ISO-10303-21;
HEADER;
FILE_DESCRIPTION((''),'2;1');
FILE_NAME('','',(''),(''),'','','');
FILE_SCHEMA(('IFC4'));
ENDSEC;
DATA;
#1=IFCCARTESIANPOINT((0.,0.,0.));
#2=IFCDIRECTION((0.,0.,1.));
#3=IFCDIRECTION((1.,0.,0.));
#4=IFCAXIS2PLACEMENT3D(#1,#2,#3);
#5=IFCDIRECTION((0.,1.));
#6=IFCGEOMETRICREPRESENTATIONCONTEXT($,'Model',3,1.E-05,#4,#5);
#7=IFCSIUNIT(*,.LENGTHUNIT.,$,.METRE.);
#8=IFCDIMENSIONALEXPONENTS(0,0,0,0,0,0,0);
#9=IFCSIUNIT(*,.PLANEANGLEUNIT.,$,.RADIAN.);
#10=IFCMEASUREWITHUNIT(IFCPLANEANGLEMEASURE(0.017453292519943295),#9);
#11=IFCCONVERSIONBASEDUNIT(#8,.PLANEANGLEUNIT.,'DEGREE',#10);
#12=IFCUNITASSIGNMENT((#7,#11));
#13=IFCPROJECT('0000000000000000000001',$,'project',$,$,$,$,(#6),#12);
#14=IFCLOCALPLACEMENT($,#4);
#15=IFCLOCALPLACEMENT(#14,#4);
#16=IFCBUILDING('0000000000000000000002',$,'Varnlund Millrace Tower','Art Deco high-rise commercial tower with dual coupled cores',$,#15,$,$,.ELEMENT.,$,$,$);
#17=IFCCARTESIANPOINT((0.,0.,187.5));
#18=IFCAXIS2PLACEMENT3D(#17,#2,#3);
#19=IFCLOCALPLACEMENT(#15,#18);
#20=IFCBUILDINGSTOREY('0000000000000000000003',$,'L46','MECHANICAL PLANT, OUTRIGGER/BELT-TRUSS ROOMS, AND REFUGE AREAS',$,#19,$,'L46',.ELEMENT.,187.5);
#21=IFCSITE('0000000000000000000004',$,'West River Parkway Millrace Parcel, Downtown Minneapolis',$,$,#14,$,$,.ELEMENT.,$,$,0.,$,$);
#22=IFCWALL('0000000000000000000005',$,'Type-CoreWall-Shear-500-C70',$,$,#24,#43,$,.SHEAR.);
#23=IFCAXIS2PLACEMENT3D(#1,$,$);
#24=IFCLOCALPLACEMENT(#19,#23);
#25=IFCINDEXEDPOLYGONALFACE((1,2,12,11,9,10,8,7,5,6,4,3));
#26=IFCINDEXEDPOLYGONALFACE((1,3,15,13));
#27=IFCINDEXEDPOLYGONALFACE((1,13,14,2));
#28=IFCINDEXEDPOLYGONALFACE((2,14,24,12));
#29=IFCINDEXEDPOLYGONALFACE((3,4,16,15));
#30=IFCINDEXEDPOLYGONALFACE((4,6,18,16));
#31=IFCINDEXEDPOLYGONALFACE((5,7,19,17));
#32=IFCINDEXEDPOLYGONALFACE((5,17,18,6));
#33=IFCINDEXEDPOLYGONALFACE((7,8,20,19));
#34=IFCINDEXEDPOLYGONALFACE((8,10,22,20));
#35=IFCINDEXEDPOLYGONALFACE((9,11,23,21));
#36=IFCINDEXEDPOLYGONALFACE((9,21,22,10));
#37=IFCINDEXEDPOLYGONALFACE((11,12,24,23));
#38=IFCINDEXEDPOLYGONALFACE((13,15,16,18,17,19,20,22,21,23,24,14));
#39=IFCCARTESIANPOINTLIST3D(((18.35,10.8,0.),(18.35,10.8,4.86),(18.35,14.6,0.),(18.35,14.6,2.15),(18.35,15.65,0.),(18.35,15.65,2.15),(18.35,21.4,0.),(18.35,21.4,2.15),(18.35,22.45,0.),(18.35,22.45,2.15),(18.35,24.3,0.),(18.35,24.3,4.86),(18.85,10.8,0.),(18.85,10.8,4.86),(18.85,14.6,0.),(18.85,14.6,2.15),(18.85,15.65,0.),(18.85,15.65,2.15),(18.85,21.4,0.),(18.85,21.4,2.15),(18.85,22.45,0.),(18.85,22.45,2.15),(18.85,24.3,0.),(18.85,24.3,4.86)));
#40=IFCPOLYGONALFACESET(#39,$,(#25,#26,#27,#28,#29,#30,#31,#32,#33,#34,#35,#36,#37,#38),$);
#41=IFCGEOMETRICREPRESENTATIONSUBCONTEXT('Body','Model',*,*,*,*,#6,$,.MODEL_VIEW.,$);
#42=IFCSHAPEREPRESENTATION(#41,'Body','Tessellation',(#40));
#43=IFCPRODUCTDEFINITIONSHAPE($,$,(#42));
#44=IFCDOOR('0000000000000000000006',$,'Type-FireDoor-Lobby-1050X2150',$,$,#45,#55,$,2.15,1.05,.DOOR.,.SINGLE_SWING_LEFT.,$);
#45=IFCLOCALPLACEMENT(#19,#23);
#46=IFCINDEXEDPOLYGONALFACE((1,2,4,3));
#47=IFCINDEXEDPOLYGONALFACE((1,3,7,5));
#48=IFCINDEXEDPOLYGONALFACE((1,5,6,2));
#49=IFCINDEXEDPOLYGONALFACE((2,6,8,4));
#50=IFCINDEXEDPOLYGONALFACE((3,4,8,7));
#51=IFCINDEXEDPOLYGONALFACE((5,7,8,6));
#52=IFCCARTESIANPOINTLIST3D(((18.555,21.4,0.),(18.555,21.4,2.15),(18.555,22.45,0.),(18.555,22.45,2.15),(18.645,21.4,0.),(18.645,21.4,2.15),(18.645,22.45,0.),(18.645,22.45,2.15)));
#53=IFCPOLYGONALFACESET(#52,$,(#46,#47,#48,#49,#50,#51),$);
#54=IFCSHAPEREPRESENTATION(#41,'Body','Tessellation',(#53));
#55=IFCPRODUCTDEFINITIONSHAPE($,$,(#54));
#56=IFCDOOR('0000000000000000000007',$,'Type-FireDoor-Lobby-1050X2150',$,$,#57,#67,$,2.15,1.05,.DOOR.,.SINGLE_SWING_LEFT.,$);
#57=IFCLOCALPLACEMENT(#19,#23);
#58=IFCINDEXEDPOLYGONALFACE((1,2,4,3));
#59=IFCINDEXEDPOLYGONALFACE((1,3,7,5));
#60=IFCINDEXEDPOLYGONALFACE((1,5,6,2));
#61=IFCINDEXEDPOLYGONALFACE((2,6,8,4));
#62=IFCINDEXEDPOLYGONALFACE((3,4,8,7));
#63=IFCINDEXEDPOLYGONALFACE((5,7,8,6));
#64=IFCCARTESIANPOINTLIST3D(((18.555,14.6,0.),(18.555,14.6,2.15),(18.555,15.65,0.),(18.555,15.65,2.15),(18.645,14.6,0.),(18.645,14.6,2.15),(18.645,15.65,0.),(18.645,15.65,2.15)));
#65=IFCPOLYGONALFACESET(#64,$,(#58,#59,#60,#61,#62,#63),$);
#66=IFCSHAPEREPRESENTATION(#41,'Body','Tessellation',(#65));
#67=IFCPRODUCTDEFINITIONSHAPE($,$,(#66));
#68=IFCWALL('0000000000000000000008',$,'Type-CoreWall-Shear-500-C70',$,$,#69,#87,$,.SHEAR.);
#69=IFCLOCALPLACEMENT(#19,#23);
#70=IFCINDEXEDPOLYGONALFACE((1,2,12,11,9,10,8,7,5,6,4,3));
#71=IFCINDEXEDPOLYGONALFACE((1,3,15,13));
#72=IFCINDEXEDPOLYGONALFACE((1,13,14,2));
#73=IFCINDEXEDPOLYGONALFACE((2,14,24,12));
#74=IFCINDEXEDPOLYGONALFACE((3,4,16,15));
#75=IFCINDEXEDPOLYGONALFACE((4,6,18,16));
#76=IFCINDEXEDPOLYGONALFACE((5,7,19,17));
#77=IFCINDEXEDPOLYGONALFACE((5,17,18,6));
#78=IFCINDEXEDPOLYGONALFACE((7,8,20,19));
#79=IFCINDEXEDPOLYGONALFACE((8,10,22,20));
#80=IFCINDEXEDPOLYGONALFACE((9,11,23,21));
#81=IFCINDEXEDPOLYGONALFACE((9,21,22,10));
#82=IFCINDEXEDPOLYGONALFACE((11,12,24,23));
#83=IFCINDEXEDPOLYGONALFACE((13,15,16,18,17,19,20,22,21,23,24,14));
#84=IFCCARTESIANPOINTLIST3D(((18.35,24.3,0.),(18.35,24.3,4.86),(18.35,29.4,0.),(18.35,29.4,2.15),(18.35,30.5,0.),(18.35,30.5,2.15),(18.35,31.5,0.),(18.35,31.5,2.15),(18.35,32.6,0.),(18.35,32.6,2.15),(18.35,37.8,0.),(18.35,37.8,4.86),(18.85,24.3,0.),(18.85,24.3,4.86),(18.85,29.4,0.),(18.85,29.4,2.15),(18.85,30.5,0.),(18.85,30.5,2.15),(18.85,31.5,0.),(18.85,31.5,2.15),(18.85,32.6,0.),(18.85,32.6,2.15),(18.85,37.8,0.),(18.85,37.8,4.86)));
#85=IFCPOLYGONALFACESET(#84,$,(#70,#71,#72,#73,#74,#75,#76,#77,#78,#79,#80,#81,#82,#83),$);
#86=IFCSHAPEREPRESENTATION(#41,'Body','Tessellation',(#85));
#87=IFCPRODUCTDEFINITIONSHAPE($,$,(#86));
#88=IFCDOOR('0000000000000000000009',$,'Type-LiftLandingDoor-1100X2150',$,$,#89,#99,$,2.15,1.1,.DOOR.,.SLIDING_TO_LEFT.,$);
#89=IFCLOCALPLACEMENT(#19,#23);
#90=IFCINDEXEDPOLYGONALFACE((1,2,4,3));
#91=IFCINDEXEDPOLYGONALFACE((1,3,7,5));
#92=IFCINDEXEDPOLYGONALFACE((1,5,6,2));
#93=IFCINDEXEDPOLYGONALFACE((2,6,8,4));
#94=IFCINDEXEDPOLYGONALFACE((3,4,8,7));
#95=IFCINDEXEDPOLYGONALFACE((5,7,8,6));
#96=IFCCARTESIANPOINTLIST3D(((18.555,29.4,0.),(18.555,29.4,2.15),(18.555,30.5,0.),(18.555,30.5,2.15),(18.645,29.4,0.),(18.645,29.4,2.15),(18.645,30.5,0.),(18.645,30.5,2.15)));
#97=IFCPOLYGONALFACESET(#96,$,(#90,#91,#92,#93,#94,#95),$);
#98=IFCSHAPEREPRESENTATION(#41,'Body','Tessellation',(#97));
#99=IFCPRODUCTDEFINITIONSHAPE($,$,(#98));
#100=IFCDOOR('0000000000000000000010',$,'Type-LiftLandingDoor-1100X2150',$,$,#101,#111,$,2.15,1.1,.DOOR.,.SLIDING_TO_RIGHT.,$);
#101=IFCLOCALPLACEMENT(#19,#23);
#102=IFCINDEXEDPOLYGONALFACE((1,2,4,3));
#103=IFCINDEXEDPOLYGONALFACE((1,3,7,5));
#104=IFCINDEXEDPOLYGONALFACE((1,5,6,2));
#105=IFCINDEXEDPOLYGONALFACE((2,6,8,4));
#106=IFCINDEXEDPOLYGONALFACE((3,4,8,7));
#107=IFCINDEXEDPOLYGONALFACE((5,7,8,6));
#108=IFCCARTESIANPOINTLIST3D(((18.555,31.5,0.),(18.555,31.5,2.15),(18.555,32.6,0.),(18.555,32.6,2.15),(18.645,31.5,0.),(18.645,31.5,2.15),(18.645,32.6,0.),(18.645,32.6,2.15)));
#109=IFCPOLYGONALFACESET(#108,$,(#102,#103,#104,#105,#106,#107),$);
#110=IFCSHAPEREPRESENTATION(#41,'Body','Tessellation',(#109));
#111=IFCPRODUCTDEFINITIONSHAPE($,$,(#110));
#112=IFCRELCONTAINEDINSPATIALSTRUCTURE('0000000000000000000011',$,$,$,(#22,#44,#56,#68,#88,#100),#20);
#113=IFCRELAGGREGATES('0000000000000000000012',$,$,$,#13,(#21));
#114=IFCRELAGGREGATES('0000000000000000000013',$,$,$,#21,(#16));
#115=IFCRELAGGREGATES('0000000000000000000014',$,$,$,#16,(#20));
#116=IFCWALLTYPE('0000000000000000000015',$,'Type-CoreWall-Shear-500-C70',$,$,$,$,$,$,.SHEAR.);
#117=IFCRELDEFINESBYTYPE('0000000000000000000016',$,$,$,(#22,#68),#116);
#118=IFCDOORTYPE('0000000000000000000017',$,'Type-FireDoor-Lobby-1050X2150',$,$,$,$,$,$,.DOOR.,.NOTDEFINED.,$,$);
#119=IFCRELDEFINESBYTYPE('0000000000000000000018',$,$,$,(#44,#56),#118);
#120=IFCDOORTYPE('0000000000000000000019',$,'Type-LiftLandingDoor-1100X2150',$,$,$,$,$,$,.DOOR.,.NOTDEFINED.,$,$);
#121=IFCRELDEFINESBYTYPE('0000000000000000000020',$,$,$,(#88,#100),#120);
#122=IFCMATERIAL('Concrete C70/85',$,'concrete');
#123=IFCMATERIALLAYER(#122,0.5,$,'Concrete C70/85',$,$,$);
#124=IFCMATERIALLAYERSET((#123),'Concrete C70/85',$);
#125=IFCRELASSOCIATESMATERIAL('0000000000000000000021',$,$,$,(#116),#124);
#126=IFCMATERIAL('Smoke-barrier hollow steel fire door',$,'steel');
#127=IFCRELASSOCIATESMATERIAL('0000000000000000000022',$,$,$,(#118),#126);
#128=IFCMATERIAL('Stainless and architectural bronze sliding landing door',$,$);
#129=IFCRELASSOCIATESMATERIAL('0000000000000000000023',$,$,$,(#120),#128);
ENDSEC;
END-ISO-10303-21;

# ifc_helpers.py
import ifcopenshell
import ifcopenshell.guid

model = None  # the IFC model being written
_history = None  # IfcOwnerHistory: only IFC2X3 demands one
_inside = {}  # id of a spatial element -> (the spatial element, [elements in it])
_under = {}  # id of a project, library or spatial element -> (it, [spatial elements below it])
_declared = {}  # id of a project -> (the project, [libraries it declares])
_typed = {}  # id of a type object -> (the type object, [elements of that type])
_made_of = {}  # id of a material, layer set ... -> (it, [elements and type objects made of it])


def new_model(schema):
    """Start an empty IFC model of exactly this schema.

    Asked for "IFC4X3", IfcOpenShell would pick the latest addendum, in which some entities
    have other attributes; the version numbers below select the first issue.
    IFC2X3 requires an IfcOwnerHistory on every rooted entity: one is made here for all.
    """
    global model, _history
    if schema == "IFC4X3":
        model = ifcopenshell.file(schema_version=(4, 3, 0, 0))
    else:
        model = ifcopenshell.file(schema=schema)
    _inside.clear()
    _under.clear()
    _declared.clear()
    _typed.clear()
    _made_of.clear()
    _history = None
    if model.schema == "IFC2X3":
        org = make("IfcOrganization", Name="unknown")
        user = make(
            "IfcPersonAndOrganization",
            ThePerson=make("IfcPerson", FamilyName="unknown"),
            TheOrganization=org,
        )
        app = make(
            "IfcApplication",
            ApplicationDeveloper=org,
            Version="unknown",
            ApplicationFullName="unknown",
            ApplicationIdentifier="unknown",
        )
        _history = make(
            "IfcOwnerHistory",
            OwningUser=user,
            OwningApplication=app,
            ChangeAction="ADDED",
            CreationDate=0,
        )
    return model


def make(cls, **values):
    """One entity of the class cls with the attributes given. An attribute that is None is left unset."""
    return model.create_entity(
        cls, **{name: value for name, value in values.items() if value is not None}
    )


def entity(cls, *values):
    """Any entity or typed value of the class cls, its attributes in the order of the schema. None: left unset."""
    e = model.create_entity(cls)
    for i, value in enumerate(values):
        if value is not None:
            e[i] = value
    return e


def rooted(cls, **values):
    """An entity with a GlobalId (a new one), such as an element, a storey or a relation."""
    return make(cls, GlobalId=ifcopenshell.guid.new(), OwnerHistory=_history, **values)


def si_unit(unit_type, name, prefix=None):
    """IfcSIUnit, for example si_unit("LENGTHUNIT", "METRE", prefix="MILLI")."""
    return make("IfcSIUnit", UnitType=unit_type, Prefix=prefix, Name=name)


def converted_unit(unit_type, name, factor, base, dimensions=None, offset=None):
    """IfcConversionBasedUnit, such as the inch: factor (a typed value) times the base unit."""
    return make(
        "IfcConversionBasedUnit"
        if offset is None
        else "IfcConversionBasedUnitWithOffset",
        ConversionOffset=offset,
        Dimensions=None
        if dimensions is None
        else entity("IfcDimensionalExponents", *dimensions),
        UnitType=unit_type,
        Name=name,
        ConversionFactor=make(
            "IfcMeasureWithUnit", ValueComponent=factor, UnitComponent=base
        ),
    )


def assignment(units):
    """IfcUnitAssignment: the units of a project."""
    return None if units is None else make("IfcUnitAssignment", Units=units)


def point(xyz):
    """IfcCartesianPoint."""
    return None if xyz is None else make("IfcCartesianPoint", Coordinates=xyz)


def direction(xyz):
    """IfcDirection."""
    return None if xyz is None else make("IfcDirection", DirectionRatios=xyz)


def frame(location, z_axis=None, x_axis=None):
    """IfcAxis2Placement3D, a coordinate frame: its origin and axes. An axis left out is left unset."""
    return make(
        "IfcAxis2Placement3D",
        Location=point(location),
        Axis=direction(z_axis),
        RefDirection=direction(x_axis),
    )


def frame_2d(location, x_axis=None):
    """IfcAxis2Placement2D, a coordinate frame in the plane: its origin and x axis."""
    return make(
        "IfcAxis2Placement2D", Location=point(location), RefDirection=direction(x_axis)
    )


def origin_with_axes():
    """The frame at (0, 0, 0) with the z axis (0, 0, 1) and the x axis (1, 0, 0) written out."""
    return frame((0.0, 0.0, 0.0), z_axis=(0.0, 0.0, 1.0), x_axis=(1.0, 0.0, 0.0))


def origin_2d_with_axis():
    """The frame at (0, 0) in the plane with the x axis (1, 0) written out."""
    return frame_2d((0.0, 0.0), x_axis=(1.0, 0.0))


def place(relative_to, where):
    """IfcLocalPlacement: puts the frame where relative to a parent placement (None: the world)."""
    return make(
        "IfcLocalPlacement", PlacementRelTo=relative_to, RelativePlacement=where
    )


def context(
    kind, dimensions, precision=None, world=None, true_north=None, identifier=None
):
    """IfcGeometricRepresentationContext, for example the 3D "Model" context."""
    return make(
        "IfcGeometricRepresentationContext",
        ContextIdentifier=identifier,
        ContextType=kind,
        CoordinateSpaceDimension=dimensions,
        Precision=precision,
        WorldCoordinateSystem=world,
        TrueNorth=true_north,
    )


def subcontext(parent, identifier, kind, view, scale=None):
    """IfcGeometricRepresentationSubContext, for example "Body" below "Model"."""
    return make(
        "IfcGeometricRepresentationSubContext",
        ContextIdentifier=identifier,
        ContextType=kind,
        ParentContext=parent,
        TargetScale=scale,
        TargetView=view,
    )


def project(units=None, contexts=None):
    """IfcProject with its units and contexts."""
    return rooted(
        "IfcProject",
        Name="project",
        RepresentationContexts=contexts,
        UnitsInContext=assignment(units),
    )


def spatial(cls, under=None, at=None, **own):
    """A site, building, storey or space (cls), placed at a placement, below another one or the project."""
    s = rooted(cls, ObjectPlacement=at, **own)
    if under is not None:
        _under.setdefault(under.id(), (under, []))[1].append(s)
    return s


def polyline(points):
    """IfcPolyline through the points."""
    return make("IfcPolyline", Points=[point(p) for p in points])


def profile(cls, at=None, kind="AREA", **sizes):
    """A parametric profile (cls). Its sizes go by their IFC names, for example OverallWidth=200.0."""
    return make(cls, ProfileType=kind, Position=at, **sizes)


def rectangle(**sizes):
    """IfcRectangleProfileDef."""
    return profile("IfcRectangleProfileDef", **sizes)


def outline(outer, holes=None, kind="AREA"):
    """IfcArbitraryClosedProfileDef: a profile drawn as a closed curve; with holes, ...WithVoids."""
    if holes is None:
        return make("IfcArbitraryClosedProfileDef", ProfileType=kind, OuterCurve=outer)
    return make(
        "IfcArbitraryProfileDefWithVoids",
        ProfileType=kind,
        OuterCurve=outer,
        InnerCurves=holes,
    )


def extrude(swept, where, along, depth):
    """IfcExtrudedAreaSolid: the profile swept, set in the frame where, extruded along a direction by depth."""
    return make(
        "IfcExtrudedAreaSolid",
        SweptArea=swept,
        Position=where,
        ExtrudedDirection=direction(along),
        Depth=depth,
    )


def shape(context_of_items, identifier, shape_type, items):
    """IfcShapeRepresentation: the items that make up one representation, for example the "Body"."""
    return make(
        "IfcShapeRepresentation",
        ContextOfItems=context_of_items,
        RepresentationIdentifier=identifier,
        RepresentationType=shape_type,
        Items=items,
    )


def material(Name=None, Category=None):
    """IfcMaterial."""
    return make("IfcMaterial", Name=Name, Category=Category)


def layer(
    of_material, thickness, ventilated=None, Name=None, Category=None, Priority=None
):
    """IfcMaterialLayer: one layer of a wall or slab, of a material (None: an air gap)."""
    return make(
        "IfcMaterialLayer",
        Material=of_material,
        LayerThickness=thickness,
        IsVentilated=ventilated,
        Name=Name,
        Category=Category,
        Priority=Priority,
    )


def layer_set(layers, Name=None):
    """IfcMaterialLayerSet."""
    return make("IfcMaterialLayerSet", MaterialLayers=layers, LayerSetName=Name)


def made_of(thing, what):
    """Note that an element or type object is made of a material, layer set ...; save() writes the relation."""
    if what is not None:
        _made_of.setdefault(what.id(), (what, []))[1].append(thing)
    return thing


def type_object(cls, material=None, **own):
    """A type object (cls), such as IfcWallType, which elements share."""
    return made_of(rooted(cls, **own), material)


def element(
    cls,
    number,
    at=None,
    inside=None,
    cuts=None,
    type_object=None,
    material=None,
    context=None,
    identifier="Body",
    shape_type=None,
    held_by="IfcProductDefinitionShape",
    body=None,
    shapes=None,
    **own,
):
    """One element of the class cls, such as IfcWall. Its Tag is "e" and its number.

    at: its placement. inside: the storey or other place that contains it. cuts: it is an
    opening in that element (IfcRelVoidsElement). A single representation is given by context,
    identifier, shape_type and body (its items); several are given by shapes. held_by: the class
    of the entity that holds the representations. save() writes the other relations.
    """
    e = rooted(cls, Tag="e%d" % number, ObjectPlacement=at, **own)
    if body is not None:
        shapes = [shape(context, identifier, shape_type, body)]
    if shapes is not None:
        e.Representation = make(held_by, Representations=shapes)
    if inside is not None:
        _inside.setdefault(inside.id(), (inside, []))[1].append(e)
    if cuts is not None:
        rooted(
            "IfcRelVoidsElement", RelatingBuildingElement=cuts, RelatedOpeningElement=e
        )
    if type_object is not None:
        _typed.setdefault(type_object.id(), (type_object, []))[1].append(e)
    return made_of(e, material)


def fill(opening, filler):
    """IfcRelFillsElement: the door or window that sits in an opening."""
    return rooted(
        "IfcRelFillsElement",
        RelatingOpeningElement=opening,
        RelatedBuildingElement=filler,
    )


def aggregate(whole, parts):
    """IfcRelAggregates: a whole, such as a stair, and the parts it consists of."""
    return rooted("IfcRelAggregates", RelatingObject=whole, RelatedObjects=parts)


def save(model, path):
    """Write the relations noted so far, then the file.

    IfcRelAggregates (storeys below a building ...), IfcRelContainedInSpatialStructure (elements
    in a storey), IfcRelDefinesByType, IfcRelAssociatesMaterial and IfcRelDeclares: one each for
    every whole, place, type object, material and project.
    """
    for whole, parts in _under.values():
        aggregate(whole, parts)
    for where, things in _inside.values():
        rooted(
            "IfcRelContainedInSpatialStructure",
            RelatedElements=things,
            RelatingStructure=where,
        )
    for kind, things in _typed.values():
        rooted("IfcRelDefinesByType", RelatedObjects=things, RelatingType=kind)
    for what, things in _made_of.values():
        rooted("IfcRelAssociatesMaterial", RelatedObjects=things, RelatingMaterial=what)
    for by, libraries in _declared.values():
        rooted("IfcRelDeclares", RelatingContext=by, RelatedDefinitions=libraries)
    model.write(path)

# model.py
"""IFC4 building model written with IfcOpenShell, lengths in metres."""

from ifc_helpers import new_model, entity, si_unit, converted_unit, direction, frame, origin_with_axes, origin_2d_with_axis, place, context, subcontext, project, spatial, polyline, rectangle, outline, extrude, material, layer, layer_set, type_object, element, fill, save


model = new_model("IFC4")

# Units and contexts
model_context = context("Model", 3, precision=1e-05, world=origin_with_axes(), true_north=direction((0.0, 1.0)))
body_context = subcontext(model_context, "Body", "Model", "MODEL_VIEW")
ifc_project = project(units=[si_unit("LENGTHUNIT", "METRE"), converted_unit("PLANEANGLEUNIT", "DEGREE", entity("IfcPlaneAngleMeasure", 0.017453292519943295), si_unit("PLANEANGLEUNIT", "RADIAN"), dimensions=[0, 0, 0, 0, 0, 0, 0])], contexts=[model_context])

# Site, building, storey
site_placement = place(None, origin_with_axes())
site = spatial("IfcSite", under=ifc_project, at=site_placement, Name="West River Parkway Millrace Parcel, Downtown Minneapolis", CompositionType="ELEMENT", RefElevation=0.0)
building_placement = place(site_placement, origin_with_axes())
building = spatial("IfcBuilding", under=site, at=building_placement, Name="Varnlund Millrace Tower", Description="Art Deco high-rise commercial tower with dual coupled cores", CompositionType="ELEMENT")
storey_placement = place(building_placement, frame((0.0, 0.0, 187.5), z_axis=(0.0, 0.0, 1.0), x_axis=(1.0, 0.0, 0.0)))
storey = spatial("IfcBuildingStorey", under=building, at=storey_placement, Name="L46", Description="MECHANICAL PLANT, OUTRIGGER/BELT-TRUSS ROOMS, AND REFUGE AREAS", LongName="L46", CompositionType="ELEMENT", Elevation=187.5)

# Walls, openings, doors
ifc_material_1 = material(Name="Concrete C70/85", Category="concrete")
ifc_layer_1 = layer(ifc_material_1, 0.5, Name="Concrete C70/85")
ifc_layer_set_1 = layer_set([ifc_layer_1], Name="Concrete C70/85")
wall_type_1 = type_object("IfcWallType", Name="Type-CoreWall-Shear-500-C70", PredefinedType="SHEAR", material=ifc_layer_set_1)
wall_1_placement = place(storey_placement, frame((18.6, 10.8, 0.0), z_axis=(0.0, 0.0, 1.0), x_axis=(0.0, 1.0, 0.0)))
wall_1 = element("IfcWall", 1, at=wall_1_placement, inside=storey, type_object=wall_type_1, Name="Type-CoreWall-Shear-500-C70", PredefinedType="SHEAR", context=body_context, shape_type="SweptSolid", body=[
    extrude(outline(polyline([(0.0, -0.25), (13.5, -0.25), (13.5, 0.25), (0.0, 0.25), (0.0, -0.25)])), origin_with_axes(), (0.0, 0.0, 1.0), 4.86),
])
opening_1_placement = place(wall_1_placement, frame((11.125, 0.0, 0.0), z_axis=(0.0, 0.0, 1.0), x_axis=(1.0, 0.0, 0.0)))
opening_1 = element("IfcOpeningElement", 2, at=opening_1_placement, cuts=wall_1, PredefinedType="OPENING", context=body_context, shape_type="SweptSolid", body=[
    extrude(rectangle(XDim=1.05, YDim=0.52, at=origin_2d_with_axis()), origin_with_axes(), (0.0, 0.0, 1.0), 2.15),
])
opening_2_placement = place(wall_1_placement, frame((4.325, 0.0, 0.0), z_axis=(0.0, 0.0, 1.0), x_axis=(1.0, 0.0, 0.0)))
opening_2 = element("IfcOpeningElement", 3, at=opening_2_placement, cuts=wall_1, PredefinedType="OPENING", context=body_context, shape_type="SweptSolid", body=[
    extrude(rectangle(XDim=1.05, YDim=0.52, at=origin_2d_with_axis()), origin_with_axes(), (0.0, 0.0, 1.0), 2.15),
])
ifc_material_2 = material(Name="Smoke-barrier hollow steel fire door", Category="steel")
door_type_1 = type_object("IfcDoorType", Name="Type-FireDoor-Lobby-1050X2150", OperationType="NOTDEFINED", PredefinedType="DOOR", material=ifc_material_2)
door_1_placement = place(wall_1_placement, frame((11.125, 0.0, 0.0), z_axis=(0.0, 0.0, 1.0), x_axis=(1.0, 0.0, 0.0)))
door_1 = element("IfcDoor", 4, at=door_1_placement, inside=storey, type_object=door_type_1, Name="Type-FireDoor-Lobby-1050X2150", OperationType="SINGLE_SWING_LEFT", OverallHeight=2.15, OverallWidth=1.05, PredefinedType="DOOR", context=body_context, shape_type="SweptSolid", body=[
    extrude(rectangle(XDim=1.05, YDim=0.09, at=origin_2d_with_axis()), origin_with_axes(), (0.0, 0.0, 1.0), 2.15),
])
fill(opening_1, door_1)
door_2_placement = place(wall_1_placement, frame((4.325, 0.0, 0.0), z_axis=(0.0, 0.0, 1.0), x_axis=(1.0, 0.0, 0.0)))
door_2 = element("IfcDoor", 5, at=door_2_placement, inside=storey, type_object=door_type_1, Name="Type-FireDoor-Lobby-1050X2150", OperationType="SINGLE_SWING_LEFT", OverallHeight=2.15, OverallWidth=1.05, PredefinedType="DOOR", context=body_context, shape_type="SweptSolid", body=[
    extrude(rectangle(XDim=1.05, YDim=0.09, at=origin_2d_with_axis()), origin_with_axes(), (0.0, 0.0, 1.0), 2.15),
])
fill(opening_2, door_2)
wall_2_placement = place(storey_placement, frame((18.6, 24.3, 0.0), z_axis=(0.0, 0.0, 1.0), x_axis=(0.0, 1.0, 0.0)))
wall_2 = element("IfcWall", 6, at=wall_2_placement, inside=storey, type_object=wall_type_1, Name="Type-CoreWall-Shear-500-C70", PredefinedType="SHEAR", context=body_context, shape_type="SweptSolid", body=[
    extrude(outline(polyline([(0.0, -0.25), (13.5, -0.25), (13.5, 0.25), (0.0, 0.25), (0.0, -0.25)])), origin_with_axes(), (0.0, 0.0, 1.0), 4.86),
])
opening_3_placement = place(wall_2_placement, frame((5.65, 0.0, 0.0), z_axis=(0.0, 0.0, 1.0), x_axis=(1.0, 0.0, 0.0)))
opening_3 = element("IfcOpeningElement", 7, at=opening_3_placement, cuts=wall_2, PredefinedType="OPENING", context=body_context, shape_type="SweptSolid", body=[
    extrude(rectangle(XDim=1.1, YDim=0.52, at=origin_2d_with_axis()), origin_with_axes(), (0.0, 0.0, 1.0), 2.15),
])
opening_4_placement = place(wall_2_placement, frame((7.75, 0.0, 0.0), z_axis=(0.0, 0.0, 1.0), x_axis=(1.0, 0.0, 0.0)))
opening_4 = element("IfcOpeningElement", 8, at=opening_4_placement, cuts=wall_2, PredefinedType="OPENING", context=body_context, shape_type="SweptSolid", body=[
    extrude(rectangle(XDim=1.1, YDim=0.52, at=origin_2d_with_axis()), origin_with_axes(), (0.0, 0.0, 1.0), 2.15),
])
ifc_material_3 = material(Name="Stainless and architectural bronze sliding landing door")
door_type_2 = type_object("IfcDoorType", Name="Type-LiftLandingDoor-1100X2150", OperationType="NOTDEFINED", PredefinedType="DOOR", material=ifc_material_3)
door_3_placement = place(wall_2_placement, frame((5.65, 0.0, 0.0), z_axis=(0.0, 0.0, 1.0), x_axis=(1.0, 0.0, 0.0)))
door_3 = element("IfcDoor", 9, at=door_3_placement, inside=storey, type_object=door_type_2, Name="Type-LiftLandingDoor-1100X2150", OperationType="SLIDING_TO_LEFT", OverallHeight=2.15, OverallWidth=1.1, PredefinedType="DOOR", context=body_context, shape_type="SweptSolid", body=[
    extrude(rectangle(XDim=1.1, YDim=0.09, at=origin_2d_with_axis()), origin_with_axes(), (0.0, 0.0, 1.0), 2.15),
])
fill(opening_3, door_3)
door_4_placement = place(wall_2_placement, frame((7.75, 0.0, 0.0), z_axis=(0.0, 0.0, 1.0), x_axis=(1.0, 0.0, 0.0)))
door_4 = element("IfcDoor", 10, at=door_4_placement, inside=storey, type_object=door_type_2, Name="Type-LiftLandingDoor-1100X2150", OperationType="SLIDING_TO_RIGHT", OverallHeight=2.15, OverallWidth=1.1, PredefinedType="DOOR", context=body_context, shape_type="SweptSolid", body=[
    extrude(rectangle(XDim=1.1, YDim=0.09, at=origin_2d_with_axis()), origin_with_axes(), (0.0, 0.0, 1.0), 2.15),
])
fill(opening_4, door_4)

save(model, "model.ifc")
